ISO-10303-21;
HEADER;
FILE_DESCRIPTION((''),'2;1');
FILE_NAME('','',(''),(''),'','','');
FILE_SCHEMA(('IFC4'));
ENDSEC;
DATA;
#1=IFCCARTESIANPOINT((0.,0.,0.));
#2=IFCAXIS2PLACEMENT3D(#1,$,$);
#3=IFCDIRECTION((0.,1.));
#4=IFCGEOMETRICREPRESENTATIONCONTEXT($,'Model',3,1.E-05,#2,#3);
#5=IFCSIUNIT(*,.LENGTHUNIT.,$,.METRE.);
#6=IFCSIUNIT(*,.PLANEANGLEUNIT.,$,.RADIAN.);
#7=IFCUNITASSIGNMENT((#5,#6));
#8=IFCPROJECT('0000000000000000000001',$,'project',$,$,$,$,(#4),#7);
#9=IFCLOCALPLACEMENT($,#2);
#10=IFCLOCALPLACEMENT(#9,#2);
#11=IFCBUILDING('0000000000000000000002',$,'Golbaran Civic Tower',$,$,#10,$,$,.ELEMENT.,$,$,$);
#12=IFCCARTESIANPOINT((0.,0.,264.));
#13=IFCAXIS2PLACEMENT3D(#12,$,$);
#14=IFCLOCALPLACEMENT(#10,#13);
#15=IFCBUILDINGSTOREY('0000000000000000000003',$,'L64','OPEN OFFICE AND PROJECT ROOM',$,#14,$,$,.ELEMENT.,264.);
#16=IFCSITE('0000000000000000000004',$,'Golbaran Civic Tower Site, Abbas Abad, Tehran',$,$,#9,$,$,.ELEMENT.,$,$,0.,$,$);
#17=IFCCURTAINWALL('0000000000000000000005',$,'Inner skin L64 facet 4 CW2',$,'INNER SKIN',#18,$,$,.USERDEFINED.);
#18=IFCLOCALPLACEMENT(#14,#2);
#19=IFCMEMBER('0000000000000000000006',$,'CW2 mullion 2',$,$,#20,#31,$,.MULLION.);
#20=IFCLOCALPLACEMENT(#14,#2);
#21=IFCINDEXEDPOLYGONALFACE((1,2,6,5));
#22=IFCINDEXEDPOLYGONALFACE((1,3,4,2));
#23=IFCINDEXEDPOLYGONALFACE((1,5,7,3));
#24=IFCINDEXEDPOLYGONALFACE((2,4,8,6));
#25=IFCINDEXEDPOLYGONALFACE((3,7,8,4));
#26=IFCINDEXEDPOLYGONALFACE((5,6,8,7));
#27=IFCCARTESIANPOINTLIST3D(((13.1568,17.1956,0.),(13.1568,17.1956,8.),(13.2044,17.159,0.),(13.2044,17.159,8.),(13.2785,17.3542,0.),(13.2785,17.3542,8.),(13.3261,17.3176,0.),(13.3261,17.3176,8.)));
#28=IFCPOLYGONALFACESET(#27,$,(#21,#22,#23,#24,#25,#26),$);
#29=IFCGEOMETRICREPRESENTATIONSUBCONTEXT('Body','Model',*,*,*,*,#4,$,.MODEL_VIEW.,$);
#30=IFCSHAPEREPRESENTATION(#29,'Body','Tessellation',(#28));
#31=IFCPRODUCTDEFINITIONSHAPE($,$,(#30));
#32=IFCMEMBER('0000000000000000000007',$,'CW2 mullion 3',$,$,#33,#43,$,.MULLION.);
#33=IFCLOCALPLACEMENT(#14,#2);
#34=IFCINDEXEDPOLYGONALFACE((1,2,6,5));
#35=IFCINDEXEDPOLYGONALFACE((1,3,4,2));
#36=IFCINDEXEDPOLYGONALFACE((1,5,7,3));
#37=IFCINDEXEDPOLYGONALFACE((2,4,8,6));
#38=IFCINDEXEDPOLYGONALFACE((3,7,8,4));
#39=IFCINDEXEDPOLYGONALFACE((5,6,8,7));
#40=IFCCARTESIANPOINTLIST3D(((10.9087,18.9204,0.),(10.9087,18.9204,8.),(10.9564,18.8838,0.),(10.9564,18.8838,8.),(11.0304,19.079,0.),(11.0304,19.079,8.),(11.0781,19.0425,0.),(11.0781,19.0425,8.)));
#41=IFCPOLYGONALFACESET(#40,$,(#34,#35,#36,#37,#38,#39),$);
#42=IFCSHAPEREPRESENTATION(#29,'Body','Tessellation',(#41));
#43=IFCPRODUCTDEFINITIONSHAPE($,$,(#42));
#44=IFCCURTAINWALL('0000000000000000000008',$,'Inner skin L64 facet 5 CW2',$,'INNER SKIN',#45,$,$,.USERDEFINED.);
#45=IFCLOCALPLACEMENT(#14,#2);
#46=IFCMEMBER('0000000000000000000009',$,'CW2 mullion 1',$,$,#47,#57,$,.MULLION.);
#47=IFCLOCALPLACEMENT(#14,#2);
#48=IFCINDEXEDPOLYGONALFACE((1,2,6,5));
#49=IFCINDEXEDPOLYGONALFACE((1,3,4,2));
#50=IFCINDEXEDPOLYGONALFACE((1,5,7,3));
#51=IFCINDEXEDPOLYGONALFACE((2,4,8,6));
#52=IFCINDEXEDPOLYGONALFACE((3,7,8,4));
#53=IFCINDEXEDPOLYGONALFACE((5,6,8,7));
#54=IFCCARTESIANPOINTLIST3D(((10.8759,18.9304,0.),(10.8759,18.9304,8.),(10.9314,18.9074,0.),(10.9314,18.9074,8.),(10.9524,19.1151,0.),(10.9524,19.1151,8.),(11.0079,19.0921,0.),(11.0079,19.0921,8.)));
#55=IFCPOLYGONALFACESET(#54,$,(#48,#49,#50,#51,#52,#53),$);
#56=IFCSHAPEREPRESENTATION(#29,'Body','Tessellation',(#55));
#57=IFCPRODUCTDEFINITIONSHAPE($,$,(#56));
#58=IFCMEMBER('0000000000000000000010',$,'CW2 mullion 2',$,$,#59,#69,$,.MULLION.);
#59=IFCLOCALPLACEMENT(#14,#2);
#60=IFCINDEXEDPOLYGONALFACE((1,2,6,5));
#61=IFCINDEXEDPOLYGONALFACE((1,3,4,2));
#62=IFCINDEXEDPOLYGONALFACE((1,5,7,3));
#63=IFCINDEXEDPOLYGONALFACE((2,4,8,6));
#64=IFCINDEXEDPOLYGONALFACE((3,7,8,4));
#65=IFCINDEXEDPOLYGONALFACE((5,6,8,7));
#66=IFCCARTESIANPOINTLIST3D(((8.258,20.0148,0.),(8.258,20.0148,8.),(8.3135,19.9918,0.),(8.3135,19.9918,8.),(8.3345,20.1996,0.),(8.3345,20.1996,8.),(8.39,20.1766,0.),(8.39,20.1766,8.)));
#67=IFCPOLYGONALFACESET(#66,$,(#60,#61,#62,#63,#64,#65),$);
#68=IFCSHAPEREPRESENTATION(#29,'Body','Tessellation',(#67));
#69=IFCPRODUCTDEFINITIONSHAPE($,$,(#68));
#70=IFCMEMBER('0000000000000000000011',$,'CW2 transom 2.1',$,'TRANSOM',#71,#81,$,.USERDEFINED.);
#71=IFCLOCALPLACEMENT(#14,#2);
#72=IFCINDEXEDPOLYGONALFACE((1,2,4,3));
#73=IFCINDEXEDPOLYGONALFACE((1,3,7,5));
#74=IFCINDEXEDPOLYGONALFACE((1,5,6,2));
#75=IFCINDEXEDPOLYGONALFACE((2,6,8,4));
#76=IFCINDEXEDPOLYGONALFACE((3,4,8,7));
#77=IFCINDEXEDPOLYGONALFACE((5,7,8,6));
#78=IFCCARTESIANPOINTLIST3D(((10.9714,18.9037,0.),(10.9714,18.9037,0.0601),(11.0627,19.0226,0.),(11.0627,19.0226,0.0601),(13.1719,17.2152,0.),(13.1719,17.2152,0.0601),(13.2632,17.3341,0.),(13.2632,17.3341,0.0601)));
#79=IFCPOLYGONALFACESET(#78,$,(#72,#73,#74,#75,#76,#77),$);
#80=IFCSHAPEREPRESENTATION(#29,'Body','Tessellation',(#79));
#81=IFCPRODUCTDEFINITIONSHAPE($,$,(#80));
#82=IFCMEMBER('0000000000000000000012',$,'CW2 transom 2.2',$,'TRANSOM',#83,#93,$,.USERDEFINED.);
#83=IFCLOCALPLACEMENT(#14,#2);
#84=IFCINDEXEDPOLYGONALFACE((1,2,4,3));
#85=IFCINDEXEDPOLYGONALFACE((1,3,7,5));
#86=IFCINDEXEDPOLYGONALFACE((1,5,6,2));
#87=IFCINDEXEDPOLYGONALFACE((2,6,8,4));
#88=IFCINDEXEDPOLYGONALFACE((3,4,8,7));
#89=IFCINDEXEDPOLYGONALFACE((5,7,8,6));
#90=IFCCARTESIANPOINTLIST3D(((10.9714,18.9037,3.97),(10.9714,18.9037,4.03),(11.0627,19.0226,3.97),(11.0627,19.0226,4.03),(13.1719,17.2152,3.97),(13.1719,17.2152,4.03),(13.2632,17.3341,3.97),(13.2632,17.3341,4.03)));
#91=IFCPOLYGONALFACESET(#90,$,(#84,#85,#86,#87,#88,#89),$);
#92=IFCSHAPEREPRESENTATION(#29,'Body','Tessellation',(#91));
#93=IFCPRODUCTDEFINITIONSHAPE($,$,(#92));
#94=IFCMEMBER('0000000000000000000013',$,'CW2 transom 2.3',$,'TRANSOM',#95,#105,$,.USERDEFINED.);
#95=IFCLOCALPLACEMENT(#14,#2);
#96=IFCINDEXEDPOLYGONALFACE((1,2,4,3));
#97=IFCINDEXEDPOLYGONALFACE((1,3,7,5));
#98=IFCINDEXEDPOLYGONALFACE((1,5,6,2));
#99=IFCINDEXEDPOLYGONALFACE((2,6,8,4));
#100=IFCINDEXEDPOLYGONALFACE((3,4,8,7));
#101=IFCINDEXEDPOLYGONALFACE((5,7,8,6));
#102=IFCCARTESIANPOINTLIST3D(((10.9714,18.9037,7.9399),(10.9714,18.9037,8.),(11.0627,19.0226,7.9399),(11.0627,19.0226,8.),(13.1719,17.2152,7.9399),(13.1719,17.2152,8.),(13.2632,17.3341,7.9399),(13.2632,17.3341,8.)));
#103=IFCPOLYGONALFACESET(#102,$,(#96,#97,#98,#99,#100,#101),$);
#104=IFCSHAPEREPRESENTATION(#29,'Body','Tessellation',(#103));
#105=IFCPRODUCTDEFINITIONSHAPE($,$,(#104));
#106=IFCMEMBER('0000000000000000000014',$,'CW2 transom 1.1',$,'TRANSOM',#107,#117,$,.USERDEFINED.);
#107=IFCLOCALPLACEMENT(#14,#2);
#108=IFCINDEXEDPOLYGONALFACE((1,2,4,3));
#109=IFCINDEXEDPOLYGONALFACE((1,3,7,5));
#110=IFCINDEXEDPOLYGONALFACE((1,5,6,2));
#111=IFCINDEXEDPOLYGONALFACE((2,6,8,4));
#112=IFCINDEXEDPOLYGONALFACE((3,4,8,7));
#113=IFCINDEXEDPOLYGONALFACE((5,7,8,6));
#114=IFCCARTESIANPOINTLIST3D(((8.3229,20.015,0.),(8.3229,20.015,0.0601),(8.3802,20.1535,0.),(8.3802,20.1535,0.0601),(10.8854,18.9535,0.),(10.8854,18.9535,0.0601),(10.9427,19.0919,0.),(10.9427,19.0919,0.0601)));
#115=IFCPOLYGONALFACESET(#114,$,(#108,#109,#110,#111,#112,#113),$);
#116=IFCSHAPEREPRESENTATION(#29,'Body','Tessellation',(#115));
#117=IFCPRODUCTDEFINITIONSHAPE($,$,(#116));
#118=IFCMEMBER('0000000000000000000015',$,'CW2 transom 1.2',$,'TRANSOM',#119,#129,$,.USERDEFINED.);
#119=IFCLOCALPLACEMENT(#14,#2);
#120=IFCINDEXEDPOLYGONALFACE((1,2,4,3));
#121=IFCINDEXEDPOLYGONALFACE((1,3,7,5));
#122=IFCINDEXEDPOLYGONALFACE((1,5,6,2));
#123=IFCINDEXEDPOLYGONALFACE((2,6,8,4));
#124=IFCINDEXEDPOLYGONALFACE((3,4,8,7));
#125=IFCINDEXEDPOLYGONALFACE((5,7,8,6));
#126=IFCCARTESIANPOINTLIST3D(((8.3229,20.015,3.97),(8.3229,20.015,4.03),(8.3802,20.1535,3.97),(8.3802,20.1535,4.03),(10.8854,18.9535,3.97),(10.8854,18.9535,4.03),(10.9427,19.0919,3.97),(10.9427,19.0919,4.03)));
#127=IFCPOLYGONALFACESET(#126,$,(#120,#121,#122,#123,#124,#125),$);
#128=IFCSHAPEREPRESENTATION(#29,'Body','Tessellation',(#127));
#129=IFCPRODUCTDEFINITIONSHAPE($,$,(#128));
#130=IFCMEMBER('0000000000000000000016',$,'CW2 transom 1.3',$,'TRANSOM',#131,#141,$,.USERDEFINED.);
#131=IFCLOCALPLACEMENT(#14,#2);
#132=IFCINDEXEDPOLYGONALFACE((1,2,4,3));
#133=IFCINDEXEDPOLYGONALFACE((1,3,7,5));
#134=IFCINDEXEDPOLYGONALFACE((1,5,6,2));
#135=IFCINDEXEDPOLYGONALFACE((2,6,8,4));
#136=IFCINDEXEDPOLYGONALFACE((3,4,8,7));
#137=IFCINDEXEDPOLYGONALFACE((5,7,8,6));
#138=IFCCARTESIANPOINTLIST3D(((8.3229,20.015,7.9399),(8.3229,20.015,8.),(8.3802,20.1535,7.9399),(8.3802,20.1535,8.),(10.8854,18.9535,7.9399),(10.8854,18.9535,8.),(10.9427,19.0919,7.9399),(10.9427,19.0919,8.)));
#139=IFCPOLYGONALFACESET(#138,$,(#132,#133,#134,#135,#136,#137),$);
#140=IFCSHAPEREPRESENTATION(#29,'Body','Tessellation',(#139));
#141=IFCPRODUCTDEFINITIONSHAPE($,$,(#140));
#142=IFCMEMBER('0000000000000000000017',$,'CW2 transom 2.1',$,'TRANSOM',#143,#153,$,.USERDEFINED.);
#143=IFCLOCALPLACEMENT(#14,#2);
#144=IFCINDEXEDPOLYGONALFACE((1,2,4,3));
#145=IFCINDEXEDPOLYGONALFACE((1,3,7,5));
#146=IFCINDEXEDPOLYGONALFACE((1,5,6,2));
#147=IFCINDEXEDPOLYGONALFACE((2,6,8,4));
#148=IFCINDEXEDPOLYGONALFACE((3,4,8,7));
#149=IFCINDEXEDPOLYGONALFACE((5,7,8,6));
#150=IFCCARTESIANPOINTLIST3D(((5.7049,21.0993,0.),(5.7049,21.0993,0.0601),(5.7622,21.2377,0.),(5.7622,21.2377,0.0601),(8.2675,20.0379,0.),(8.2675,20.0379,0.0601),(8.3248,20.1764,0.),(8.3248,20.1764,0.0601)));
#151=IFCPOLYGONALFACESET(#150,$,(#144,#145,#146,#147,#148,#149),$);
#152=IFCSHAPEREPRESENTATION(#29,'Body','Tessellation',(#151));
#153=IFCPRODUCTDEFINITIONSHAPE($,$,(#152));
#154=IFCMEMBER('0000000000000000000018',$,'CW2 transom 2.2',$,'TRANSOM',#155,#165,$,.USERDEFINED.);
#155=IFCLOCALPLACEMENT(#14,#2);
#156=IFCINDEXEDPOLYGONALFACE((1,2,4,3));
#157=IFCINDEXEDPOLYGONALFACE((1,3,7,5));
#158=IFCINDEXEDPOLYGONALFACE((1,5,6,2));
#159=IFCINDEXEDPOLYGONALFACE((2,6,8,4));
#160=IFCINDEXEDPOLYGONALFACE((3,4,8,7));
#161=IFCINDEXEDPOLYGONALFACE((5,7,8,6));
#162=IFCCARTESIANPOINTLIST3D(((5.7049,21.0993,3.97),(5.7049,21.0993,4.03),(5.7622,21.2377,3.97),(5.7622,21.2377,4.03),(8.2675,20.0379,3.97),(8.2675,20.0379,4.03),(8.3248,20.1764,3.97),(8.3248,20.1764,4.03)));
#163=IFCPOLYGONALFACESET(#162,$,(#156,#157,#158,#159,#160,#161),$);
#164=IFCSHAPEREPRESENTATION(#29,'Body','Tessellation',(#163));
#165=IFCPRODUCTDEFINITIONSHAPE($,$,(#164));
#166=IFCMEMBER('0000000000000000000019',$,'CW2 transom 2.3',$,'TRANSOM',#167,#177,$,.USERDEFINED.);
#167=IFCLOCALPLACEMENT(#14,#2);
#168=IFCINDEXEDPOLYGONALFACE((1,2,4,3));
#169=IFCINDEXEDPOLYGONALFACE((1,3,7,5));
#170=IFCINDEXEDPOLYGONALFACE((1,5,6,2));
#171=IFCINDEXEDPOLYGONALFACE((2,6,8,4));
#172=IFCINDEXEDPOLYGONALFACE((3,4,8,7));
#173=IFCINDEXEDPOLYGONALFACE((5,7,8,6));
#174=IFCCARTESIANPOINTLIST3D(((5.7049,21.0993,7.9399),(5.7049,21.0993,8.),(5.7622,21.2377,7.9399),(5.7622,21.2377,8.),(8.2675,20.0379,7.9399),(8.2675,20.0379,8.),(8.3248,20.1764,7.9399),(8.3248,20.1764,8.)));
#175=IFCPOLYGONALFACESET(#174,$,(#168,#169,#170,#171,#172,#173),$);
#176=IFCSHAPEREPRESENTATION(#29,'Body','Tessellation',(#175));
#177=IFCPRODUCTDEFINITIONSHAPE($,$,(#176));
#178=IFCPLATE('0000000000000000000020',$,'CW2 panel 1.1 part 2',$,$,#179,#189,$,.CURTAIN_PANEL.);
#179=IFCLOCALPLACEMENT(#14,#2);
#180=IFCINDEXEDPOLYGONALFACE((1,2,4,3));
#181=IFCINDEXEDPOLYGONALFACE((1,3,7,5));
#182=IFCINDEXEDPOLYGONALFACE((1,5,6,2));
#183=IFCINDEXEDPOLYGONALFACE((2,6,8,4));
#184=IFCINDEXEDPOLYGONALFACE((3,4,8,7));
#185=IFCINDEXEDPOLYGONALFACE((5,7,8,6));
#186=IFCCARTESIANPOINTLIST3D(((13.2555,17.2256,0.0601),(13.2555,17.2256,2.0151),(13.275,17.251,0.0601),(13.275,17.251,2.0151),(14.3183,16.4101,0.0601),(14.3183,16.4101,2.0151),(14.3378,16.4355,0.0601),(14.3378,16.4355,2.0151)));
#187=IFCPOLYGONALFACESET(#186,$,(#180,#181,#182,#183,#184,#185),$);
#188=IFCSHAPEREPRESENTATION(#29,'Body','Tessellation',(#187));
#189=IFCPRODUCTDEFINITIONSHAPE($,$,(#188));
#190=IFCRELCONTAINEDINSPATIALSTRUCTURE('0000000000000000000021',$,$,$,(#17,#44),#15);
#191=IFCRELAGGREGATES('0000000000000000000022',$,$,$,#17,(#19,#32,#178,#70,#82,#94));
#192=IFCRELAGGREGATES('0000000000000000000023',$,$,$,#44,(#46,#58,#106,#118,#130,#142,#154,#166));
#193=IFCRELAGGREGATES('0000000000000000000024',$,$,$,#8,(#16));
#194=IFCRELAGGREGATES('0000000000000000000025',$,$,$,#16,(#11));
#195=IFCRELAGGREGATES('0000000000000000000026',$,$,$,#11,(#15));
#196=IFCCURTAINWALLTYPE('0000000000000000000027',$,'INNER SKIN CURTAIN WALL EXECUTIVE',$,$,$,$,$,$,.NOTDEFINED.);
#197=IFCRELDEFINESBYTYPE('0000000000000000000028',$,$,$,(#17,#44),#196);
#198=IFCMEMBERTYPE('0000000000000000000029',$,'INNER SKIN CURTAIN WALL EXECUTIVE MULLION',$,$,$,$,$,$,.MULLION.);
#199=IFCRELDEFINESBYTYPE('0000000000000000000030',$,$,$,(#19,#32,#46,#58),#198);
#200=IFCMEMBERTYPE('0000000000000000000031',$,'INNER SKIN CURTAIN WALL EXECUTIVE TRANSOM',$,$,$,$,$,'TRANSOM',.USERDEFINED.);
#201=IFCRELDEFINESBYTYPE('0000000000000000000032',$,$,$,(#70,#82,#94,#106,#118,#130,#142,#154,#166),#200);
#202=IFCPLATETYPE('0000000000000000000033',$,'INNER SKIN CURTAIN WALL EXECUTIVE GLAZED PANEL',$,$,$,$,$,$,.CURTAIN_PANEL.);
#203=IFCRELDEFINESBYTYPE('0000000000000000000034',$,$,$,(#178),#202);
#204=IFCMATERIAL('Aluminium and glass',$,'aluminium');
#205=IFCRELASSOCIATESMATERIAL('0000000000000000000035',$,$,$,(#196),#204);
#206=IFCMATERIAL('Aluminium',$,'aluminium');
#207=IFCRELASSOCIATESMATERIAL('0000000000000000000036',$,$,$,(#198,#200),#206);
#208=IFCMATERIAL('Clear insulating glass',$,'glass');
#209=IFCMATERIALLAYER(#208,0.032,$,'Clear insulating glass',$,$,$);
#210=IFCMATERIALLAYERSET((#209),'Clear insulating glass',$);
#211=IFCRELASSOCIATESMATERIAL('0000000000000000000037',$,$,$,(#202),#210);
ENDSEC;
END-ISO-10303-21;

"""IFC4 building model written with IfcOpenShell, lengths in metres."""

from ifc_helpers import new_model, si_unit, direction, frame, origin, origin_2d, place, context, subcontext, project, spatial, rectangle, extrude, material, layer, layer_set, material_profile, profile_set, type_object, element, aggregate, save


model = new_model("IFC4")

# Units and contexts
model_context = context("Model", 3, precision=1e-05, world=origin(), true_north=direction((0.0, 1.0)))
body_context = subcontext(model_context, "Body", "Model", "MODEL_VIEW")
ifc_project = project(units=[si_unit("LENGTHUNIT", "METRE"), si_unit("PLANEANGLEUNIT", "RADIAN")], contexts=[model_context])

# Site, building, storey
site_placement = place(None, origin())
site = spatial("IfcSite", under=ifc_project, at=site_placement, Name="Golbaran Civic Tower Site, Abbas Abad, Tehran", CompositionType="ELEMENT", RefElevation=0.0)
building_placement = place(site_placement, origin())
building = spatial("IfcBuilding", under=site, at=building_placement, Name="Golbaran Civic Tower", CompositionType="ELEMENT")
storey_placement = place(building_placement, frame((0.0, 0.0, 264.0)))
storey = spatial("IfcBuildingStorey", under=building, at=storey_placement, Name="L64", Description="OPEN OFFICE AND PROJECT ROOM", CompositionType="ELEMENT", Elevation=264.0)

# Curtain walls, members
ifc_material_1 = material(Name="Aluminium and glass", Category="aluminium")
curtain_wall_type_1 = type_object("IfcCurtainWallType", Name="INNER SKIN CURTAIN WALL EXECUTIVE", PredefinedType="NOTDEFINED", material=ifc_material_1)
curtain_wall_1_placement = place(storey_placement, origin())
curtain_wall_1 = element("IfcCurtainWall", 1, at=curtain_wall_1_placement, inside=storey, type_object=curtain_wall_type_1, Name="Inner skin L64 facet 4 CW2", ObjectType="INNER SKIN", PredefinedType="USERDEFINED")
ifc_material_2 = material(Name="Aluminium", Category="aluminium")
ifc_material_profile_1 = material_profile(ifc_material_2, rectangle(XDim=0.2, YDim=0.0601, at=origin_2d()), Name="INNER SKIN CURTAIN WALL EXECUTIVE MULLION")
ifc_profile_set_1 = profile_set([ifc_material_profile_1], Name="Aluminium")
member_type_1 = type_object("IfcMemberType", Name="INNER SKIN CURTAIN WALL EXECUTIVE MULLION", PredefinedType="MULLION", material=ifc_profile_set_1)
member_1_placement = place(storey_placement, frame((13.2415, 17.2566, 0.0), z_axis=(0.0, 0.0, 1.0), x_axis=(-0.608761, -0.793353, 0.0)))
member_1 = element("IfcMember", 2, at=member_1_placement, type_object=member_type_1, Name="CW2 mullion 2", PredefinedType="MULLION", context=body_context, shape_type="SweptSolid", body=[
    extrude(rectangle(XDim=0.2, YDim=0.0601, at=origin_2d()), origin(), (0.0, 0.0, 1.0), 8.0),
])
member_2_placement = place(storey_placement, frame((10.9934, 18.9814, 0.0), z_axis=(0.0, 0.0, 1.0), x_axis=(-0.608761, -0.793353, 0.0)))
member_2 = element("IfcMember", 3, at=member_2_placement, type_object=member_type_1, Name="CW2 mullion 3", PredefinedType="MULLION", context=body_context, shape_type="SweptSolid", body=[
    extrude(rectangle(XDim=0.2, YDim=0.0601, at=origin_2d()), origin(), (0.0, 0.0, 1.0), 8.0),
])
curtain_wall_2_placement = place(storey_placement, origin())
curtain_wall_2 = element("IfcCurtainWall", 4, at=curtain_wall_2_placement, inside=storey, type_object=curtain_wall_type_1, Name="Inner skin L64 facet 5 CW2", ObjectType="INNER SKIN", PredefinedType="USERDEFINED")
member_3_placement = place(storey_placement, frame((10.9419, 19.0112, 0.0), z_axis=(0.0, 0.0, 1.0), x_axis=(-0.382683, -0.92388, 0.0)))
member_3 = element("IfcMember", 5, at=member_3_placement, type_object=member_type_1, Name="CW2 mullion 1", PredefinedType="MULLION", context=body_context, shape_type="SweptSolid", body=[
    extrude(rectangle(XDim=0.2, YDim=0.0601, at=origin_2d()), origin(), (0.0, 0.0, 1.0), 8.0),
])
member_4_placement = place(storey_placement, frame((8.324, 20.0957, 0.0), z_axis=(0.0, 0.0, 1.0), x_axis=(-0.382683, -0.92388, 0.0)))
member_4 = element("IfcMember", 6, at=member_4_placement, type_object=member_type_1, Name="CW2 mullion 2", PredefinedType="MULLION", context=body_context, shape_type="SweptSolid", body=[
    extrude(rectangle(XDim=0.2, YDim=0.0601, at=origin_2d()), origin(), (0.0, 0.0, 1.0), 8.0),
])

# Members
ifc_material_profile_2 = material_profile(ifc_material_2, rectangle(XDim=0.1499, YDim=0.0601, at=origin_2d()), Name="INNER SKIN CURTAIN WALL EXECUTIVE TRANSOM")
ifc_profile_set_2 = profile_set([ifc_material_profile_2], Name="Aluminium")
member_type_2 = type_object("IfcMemberType", Name="INNER SKIN CURTAIN WALL EXECUTIVE TRANSOM", ElementType="TRANSOM", PredefinedType="USERDEFINED", material=ifc_profile_set_2)
member_5_placement = place(storey_placement, frame((13.2175, 17.2747, 0.03), z_axis=(-0.79335, 0.608766, 0.0), x_axis=(-0.608766, -0.79335, 0.0)))
member_5 = element("IfcMember", 7, at=member_5_placement, type_object=member_type_2, Name="CW2 transom 2.1", ObjectType="TRANSOM", PredefinedType="USERDEFINED", context=body_context, shape_type="SweptSolid", body=[
    extrude(rectangle(XDim=0.1499, YDim=0.0601, at=origin_2d()), origin(), (0.0, 0.0, 1.0), 2.7737),
])
member_6_placement = place(storey_placement, frame((13.2175, 17.2747, 4.0), z_axis=(-0.79335, 0.608766, 0.0), x_axis=(-0.608766, -0.79335, 0.0)))
member_6 = element("IfcMember", 8, at=member_6_placement, type_object=member_type_2, Name="CW2 transom 2.2", ObjectType="TRANSOM", PredefinedType="USERDEFINED", context=body_context, shape_type="SweptSolid", body=[
    extrude(rectangle(XDim=0.1499, YDim=0.0601, at=origin_2d()), origin(), (0.0, 0.0, 1.0), 2.7737),
])
member_7_placement = place(storey_placement, frame((13.2175, 17.2747, 7.97), z_axis=(-0.79335, 0.608766, 0.0), x_axis=(-0.608766, -0.79335, 0.0)))
member_7 = element("IfcMember", 9, at=member_7_placement, type_object=member_type_2, Name="CW2 transom 2.3", ObjectType="TRANSOM", PredefinedType="USERDEFINED", context=body_context, shape_type="SweptSolid", body=[
    extrude(rectangle(XDim=0.1499, YDim=0.0601, at=origin_2d()), origin(), (0.0, 0.0, 1.0), 2.7737),
])
member_8_placement = place(storey_placement, frame((10.9141, 19.0227, 0.03), z_axis=(-0.923867, 0.382715, 0.0), x_axis=(-0.382715, -0.923867, 0.0)))
member_8 = element("IfcMember", 10, at=member_8_placement, type_object=member_type_2, Name="CW2 transom 1.1", ObjectType="TRANSOM", PredefinedType="USERDEFINED", context=body_context, shape_type="SweptSolid", body=[
    extrude(rectangle(XDim=0.1499, YDim=0.0601, at=origin_2d()), origin(), (0.0, 0.0, 1.0), 2.7737),
])
member_9_placement = place(storey_placement, frame((10.9141, 19.0227, 4.0), z_axis=(-0.923867, 0.382715, 0.0), x_axis=(-0.382715, -0.923867, 0.0)))
member_9 = element("IfcMember", 11, at=member_9_placement, type_object=member_type_2, Name="CW2 transom 1.2", ObjectType="TRANSOM", PredefinedType="USERDEFINED", context=body_context, shape_type="SweptSolid", body=[
    extrude(rectangle(XDim=0.1499, YDim=0.0601, at=origin_2d()), origin(), (0.0, 0.0, 1.0), 2.7737),
])
member_10_placement = place(storey_placement, frame((10.9141, 19.0227, 7.97), z_axis=(-0.923867, 0.382715, 0.0), x_axis=(-0.382715, -0.923867, 0.0)))
member_10 = element("IfcMember", 12, at=member_10_placement, type_object=member_type_2, Name="CW2 transom 1.3", ObjectType="TRANSOM", PredefinedType="USERDEFINED", context=body_context, shape_type="SweptSolid", body=[
    extrude(rectangle(XDim=0.1499, YDim=0.0601, at=origin_2d()), origin(), (0.0, 0.0, 1.0), 2.7737),
])
member_11_placement = place(storey_placement, frame((8.2961, 20.1072, 0.03), z_axis=(-0.923898, 0.382639, 0.0), x_axis=(-0.382639, -0.923898, 0.0)))
member_11 = element("IfcMember", 13, at=member_11_placement, type_object=member_type_2, Name="CW2 transom 2.1", ObjectType="TRANSOM", PredefinedType="USERDEFINED", context=body_context, shape_type="SweptSolid", body=[
    extrude(rectangle(XDim=0.1499, YDim=0.0601, at=origin_2d()), origin(), (0.0, 0.0, 1.0), 2.7737),
])
member_12_placement = place(storey_placement, frame((8.2961, 20.1072, 4.0), z_axis=(-0.923898, 0.382639, 0.0), x_axis=(-0.382639, -0.923898, 0.0)))
member_12 = element("IfcMember", 14, at=member_12_placement, type_object=member_type_2, Name="CW2 transom 2.2", ObjectType="TRANSOM", PredefinedType="USERDEFINED", context=body_context, shape_type="SweptSolid", body=[
    extrude(rectangle(XDim=0.1499, YDim=0.0601, at=origin_2d()), origin(), (0.0, 0.0, 1.0), 2.7737),
])
member_13_placement = place(storey_placement, frame((8.2961, 20.1072, 7.97), z_axis=(-0.923898, 0.382639, 0.0), x_axis=(-0.382639, -0.923898, 0.0)))
member_13 = element("IfcMember", 15, at=member_13_placement, type_object=member_type_2, Name="CW2 transom 2.3", ObjectType="TRANSOM", PredefinedType="USERDEFINED", context=body_context, shape_type="SweptSolid", body=[
    extrude(rectangle(XDim=0.1499, YDim=0.0601, at=origin_2d()), origin(), (0.0, 0.0, 1.0), 2.7737),
])

# Plate
ifc_material_3 = material(Name="Clear insulating glass", Category="glass")
ifc_layer_1 = layer(ifc_material_3, 0.032, Name="Clear insulating glass")
ifc_layer_set_1 = layer_set([ifc_layer_1], Name="Clear insulating glass")
plate_type_1 = type_object("IfcPlateType", Name="INNER SKIN CURTAIN WALL EXECUTIVE GLAZED PANEL", PredefinedType="CURTAIN_PANEL", material=ifc_layer_set_1)
plate_1_placement = place(storey_placement, frame((13.7966, 16.8306, 0.0601), z_axis=(0.0, 0.0, 1.0), x_axis=(-0.793353, 0.608761, 0.0)))
plate_1 = element("IfcPlate", 16, at=plate_1_placement, type_object=plate_type_1, Name="CW2 panel 1.1 part 2", PredefinedType="CURTAIN_PANEL", context=body_context, shape_type="SweptSolid", body=[
    extrude(rectangle(XDim=1.3396, YDim=0.032, at=origin_2d()), origin(), (0.0, 0.0, 1.0), 1.9551),
])
aggregate(curtain_wall_1, [member_1, member_2, plate_1, member_5, member_6, member_7])
aggregate(curtain_wall_2, [member_3, member_4, member_8, member_9, member_10, member_11, member_12, member_13])

save(model, "model.ifc")
